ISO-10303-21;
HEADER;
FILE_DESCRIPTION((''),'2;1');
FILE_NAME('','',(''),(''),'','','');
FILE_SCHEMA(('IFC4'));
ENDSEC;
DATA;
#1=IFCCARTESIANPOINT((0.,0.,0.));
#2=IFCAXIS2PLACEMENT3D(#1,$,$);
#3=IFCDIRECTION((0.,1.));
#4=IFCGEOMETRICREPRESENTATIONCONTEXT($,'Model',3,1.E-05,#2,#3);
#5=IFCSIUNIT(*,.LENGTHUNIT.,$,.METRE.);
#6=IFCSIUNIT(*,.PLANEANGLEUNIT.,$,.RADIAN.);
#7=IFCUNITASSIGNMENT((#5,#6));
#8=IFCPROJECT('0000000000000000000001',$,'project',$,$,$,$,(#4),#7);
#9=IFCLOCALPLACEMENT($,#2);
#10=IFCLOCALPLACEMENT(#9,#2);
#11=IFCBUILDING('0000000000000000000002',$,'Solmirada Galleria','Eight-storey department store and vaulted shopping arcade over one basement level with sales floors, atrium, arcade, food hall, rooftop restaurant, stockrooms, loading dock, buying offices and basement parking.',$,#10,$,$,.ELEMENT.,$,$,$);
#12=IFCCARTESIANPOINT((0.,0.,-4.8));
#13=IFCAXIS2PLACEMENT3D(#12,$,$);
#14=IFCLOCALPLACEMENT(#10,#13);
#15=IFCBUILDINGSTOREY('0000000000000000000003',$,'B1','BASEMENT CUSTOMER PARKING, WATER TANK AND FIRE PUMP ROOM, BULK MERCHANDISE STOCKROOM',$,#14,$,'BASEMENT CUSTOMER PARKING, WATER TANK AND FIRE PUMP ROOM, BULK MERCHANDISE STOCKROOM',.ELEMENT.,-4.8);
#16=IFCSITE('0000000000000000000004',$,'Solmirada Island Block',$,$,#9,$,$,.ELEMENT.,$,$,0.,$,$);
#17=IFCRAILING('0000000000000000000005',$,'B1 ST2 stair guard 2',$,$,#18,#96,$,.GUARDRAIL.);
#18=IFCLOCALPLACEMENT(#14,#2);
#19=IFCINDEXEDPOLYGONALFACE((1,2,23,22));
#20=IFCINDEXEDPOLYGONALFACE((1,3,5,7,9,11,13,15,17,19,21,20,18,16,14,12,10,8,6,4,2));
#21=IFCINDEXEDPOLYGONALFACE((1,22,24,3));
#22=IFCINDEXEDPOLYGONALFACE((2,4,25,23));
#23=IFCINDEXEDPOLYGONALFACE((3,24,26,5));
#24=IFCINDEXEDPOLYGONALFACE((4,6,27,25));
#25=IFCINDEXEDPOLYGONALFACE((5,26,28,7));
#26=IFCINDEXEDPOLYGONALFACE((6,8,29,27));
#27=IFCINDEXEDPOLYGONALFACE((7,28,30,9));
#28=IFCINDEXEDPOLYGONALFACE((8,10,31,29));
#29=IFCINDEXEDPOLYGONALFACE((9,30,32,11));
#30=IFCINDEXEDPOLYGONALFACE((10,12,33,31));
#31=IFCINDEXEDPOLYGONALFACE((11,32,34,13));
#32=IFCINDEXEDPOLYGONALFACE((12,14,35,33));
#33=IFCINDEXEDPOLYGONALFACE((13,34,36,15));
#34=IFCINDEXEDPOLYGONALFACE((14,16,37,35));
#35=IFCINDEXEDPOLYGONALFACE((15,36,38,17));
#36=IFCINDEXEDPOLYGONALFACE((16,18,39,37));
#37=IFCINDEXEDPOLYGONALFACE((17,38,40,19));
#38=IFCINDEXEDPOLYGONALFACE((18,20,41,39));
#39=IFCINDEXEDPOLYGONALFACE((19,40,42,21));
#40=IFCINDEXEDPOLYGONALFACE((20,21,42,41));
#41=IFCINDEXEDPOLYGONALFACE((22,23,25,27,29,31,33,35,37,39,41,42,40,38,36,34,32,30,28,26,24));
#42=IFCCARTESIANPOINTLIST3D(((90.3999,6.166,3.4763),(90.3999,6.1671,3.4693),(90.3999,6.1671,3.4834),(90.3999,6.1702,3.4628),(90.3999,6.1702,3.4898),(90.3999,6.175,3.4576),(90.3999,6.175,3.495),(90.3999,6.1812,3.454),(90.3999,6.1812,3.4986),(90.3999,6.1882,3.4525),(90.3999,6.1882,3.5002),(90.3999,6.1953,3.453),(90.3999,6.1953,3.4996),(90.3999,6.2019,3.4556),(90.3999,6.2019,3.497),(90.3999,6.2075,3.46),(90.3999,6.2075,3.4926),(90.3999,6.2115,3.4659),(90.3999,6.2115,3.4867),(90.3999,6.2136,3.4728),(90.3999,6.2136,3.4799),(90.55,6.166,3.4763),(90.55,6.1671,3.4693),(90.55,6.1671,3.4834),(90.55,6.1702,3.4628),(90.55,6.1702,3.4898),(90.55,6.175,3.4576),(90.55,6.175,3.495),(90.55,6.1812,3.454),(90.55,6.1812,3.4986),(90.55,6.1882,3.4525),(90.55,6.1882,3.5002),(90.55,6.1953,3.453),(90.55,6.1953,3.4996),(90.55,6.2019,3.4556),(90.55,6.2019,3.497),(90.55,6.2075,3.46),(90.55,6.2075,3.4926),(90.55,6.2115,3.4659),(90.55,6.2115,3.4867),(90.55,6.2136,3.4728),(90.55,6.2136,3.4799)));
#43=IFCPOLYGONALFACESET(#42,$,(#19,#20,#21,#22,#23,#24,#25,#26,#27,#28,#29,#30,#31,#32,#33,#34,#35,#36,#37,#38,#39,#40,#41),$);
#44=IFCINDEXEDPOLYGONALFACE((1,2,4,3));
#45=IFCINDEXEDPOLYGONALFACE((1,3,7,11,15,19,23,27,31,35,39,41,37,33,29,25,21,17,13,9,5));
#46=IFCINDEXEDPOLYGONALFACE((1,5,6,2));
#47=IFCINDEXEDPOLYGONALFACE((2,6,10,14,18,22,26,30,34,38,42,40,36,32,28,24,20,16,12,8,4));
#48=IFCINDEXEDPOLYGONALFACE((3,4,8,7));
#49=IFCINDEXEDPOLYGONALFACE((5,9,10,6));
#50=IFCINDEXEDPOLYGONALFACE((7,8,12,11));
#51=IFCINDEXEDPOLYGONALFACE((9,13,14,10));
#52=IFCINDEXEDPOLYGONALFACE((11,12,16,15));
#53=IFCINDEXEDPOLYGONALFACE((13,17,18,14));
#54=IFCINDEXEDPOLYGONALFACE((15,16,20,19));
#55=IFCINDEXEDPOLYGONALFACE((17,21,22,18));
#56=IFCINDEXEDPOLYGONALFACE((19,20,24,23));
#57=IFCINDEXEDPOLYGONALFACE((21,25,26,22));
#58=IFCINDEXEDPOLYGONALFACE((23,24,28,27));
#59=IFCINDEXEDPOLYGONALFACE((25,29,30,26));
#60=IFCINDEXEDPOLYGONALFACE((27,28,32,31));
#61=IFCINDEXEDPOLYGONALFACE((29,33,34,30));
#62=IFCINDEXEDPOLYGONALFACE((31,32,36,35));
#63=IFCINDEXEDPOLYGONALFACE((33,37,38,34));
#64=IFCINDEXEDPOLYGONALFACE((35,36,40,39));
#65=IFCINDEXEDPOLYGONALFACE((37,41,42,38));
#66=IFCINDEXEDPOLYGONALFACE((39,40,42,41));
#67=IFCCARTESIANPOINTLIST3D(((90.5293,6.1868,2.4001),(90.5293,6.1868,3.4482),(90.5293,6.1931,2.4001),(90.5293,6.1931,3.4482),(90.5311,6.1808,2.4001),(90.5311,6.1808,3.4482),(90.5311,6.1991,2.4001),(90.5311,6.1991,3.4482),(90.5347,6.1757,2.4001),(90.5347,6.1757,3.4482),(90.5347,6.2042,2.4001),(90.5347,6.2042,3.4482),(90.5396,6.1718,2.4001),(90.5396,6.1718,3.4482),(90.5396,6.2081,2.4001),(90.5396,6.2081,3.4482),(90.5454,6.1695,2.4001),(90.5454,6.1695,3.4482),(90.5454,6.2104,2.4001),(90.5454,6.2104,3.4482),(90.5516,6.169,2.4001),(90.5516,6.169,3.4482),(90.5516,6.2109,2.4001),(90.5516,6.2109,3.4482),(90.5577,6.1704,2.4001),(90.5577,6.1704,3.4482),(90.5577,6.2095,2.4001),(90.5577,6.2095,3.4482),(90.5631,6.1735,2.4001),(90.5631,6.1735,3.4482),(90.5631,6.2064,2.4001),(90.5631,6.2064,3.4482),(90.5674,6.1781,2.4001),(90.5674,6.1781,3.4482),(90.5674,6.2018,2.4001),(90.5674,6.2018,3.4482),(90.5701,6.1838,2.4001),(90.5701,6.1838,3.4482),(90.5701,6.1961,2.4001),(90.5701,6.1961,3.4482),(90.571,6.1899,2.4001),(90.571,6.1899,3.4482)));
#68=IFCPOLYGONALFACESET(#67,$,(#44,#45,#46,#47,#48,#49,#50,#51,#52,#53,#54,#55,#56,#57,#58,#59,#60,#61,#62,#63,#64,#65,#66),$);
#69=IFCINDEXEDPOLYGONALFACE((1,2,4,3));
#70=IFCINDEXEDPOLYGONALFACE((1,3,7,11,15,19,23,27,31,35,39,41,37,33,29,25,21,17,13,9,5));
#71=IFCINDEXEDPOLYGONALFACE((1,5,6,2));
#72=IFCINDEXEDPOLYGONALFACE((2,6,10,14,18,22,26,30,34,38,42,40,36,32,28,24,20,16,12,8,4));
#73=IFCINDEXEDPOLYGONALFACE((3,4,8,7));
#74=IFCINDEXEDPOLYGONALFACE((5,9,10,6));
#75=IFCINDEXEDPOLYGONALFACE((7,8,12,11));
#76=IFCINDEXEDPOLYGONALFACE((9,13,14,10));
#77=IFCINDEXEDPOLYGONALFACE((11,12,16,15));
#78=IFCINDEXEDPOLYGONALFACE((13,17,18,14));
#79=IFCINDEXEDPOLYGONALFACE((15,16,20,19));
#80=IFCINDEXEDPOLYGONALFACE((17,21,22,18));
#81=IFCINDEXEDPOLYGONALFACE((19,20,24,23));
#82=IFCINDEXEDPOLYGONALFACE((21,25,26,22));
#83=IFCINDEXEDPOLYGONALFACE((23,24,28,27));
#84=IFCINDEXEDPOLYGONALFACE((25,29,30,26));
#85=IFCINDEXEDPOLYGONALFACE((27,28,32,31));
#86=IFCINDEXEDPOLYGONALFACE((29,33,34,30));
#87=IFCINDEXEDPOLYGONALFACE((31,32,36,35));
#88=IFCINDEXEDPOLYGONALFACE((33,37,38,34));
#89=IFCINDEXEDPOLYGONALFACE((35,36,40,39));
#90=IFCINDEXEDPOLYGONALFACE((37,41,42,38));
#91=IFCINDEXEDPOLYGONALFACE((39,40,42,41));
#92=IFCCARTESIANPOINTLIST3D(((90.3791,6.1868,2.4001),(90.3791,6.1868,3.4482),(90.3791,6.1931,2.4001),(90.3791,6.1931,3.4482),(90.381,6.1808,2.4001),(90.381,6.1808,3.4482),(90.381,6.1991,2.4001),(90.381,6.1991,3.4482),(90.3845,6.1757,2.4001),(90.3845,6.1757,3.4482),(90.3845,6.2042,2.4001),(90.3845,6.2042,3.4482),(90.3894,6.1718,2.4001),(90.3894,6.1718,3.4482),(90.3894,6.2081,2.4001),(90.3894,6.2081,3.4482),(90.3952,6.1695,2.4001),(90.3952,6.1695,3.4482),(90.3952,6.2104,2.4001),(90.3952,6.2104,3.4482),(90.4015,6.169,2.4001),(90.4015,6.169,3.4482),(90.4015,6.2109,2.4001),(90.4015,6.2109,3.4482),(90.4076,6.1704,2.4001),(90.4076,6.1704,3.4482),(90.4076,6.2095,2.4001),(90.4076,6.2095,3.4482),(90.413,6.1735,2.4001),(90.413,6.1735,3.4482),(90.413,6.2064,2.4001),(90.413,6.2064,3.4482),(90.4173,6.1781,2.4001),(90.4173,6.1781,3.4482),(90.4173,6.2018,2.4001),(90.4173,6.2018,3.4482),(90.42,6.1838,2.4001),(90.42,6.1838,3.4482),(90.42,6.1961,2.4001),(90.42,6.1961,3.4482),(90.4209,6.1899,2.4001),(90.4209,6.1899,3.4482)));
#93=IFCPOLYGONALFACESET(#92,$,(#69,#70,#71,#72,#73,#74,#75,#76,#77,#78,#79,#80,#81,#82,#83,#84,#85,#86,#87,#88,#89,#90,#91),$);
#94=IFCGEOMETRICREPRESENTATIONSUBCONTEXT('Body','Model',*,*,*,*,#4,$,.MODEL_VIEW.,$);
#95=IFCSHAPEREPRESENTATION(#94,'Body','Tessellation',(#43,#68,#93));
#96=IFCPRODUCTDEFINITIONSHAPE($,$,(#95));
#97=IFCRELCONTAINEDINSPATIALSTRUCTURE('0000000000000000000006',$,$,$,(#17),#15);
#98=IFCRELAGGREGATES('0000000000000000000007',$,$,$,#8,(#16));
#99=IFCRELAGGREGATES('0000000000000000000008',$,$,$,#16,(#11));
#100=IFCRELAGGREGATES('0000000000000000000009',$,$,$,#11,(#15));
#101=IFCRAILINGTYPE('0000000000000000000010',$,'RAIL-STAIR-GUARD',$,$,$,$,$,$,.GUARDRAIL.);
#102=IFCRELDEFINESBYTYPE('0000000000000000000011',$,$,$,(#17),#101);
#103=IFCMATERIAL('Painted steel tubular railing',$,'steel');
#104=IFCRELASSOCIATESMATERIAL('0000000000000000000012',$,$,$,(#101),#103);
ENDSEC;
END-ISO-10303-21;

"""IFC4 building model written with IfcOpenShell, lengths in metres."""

from ifc_helpers import new_model, si_unit, direction, frame, origin, origin_2d, place, context, subcontext, project, spatial, circle, extrude, material, type_object, element, save


model = new_model("IFC4")

# Units and contexts
model_context = context("Model", 3, precision=1e-05, world=origin(), true_north=direction((0.0, 1.0)))
body_context = subcontext(model_context, "Body", "Model", "MODEL_VIEW")
ifc_project = project(units=[si_unit("LENGTHUNIT", "METRE"), si_unit("PLANEANGLEUNIT", "RADIAN")], contexts=[model_context])

# Site, building, storey
site_placement = place(None, origin())
site = spatial("IfcSite", under=ifc_project, at=site_placement, Name="Solmirada Island Block", CompositionType="ELEMENT", RefElevation=0.0)
building_placement = place(site_placement, origin())
building = spatial("IfcBuilding", under=site, at=building_placement, Name="Solmirada Galleria", Description="Eight-storey department store and vaulted shopping arcade over one basement level with sales floors, atrium, arcade, food hall, rooftop restaurant, stockrooms, loading dock, buying offices and basement parking.", CompositionType="ELEMENT")
storey_placement = place(building_placement, frame((0.0, 0.0, -4.8)))
storey = spatial("IfcBuildingStorey", under=building, at=storey_placement, Name="B1", Description="BASEMENT CUSTOMER PARKING, WATER TANK AND FIRE PUMP ROOM, BULK MERCHANDISE STOCKROOM", LongName="BASEMENT CUSTOMER PARKING, WATER TANK AND FIRE PUMP ROOM, BULK MERCHANDISE STOCKROOM", CompositionType="ELEMENT", Elevation=-4.8)

# Railing
ifc_material_1 = material(Name="Painted steel tubular railing", Category="steel")
railing_type_1 = type_object("IfcRailingType", Name="RAIL-STAIR-GUARD", PredefinedType="GUARDRAIL", material=ifc_material_1)
railing_1_placement = place(storey_placement, frame((90.55, 6.1899, 2.4001)))
element("IfcRailing", 1, at=railing_1_placement, inside=storey, type_object=railing_type_1, Name="B1 ST2 stair guard 2", PredefinedType="GUARDRAIL", context=body_context, shape_type="SweptSolid", body=[
    extrude(circle(Radius=0.0239, at=origin_2d()), frame((0.0, 0.0, 1.0762), z_axis=(-1.0, 0.0, 0.0), x_axis=(0.0, -1.0, 0.0)), (0.0, 0.0, 1.0), 0.1501),
    extrude(circle(Radius=0.021, at=origin_2d()), origin(), (0.0, 0.0, 1.0), 1.0481),
    extrude(circle(Radius=0.021, at=origin_2d()), frame((-0.1501, 0.0, 0.0)), (0.0, 0.0, 1.0), 1.0481),
])

save(model, "model.ifc")
